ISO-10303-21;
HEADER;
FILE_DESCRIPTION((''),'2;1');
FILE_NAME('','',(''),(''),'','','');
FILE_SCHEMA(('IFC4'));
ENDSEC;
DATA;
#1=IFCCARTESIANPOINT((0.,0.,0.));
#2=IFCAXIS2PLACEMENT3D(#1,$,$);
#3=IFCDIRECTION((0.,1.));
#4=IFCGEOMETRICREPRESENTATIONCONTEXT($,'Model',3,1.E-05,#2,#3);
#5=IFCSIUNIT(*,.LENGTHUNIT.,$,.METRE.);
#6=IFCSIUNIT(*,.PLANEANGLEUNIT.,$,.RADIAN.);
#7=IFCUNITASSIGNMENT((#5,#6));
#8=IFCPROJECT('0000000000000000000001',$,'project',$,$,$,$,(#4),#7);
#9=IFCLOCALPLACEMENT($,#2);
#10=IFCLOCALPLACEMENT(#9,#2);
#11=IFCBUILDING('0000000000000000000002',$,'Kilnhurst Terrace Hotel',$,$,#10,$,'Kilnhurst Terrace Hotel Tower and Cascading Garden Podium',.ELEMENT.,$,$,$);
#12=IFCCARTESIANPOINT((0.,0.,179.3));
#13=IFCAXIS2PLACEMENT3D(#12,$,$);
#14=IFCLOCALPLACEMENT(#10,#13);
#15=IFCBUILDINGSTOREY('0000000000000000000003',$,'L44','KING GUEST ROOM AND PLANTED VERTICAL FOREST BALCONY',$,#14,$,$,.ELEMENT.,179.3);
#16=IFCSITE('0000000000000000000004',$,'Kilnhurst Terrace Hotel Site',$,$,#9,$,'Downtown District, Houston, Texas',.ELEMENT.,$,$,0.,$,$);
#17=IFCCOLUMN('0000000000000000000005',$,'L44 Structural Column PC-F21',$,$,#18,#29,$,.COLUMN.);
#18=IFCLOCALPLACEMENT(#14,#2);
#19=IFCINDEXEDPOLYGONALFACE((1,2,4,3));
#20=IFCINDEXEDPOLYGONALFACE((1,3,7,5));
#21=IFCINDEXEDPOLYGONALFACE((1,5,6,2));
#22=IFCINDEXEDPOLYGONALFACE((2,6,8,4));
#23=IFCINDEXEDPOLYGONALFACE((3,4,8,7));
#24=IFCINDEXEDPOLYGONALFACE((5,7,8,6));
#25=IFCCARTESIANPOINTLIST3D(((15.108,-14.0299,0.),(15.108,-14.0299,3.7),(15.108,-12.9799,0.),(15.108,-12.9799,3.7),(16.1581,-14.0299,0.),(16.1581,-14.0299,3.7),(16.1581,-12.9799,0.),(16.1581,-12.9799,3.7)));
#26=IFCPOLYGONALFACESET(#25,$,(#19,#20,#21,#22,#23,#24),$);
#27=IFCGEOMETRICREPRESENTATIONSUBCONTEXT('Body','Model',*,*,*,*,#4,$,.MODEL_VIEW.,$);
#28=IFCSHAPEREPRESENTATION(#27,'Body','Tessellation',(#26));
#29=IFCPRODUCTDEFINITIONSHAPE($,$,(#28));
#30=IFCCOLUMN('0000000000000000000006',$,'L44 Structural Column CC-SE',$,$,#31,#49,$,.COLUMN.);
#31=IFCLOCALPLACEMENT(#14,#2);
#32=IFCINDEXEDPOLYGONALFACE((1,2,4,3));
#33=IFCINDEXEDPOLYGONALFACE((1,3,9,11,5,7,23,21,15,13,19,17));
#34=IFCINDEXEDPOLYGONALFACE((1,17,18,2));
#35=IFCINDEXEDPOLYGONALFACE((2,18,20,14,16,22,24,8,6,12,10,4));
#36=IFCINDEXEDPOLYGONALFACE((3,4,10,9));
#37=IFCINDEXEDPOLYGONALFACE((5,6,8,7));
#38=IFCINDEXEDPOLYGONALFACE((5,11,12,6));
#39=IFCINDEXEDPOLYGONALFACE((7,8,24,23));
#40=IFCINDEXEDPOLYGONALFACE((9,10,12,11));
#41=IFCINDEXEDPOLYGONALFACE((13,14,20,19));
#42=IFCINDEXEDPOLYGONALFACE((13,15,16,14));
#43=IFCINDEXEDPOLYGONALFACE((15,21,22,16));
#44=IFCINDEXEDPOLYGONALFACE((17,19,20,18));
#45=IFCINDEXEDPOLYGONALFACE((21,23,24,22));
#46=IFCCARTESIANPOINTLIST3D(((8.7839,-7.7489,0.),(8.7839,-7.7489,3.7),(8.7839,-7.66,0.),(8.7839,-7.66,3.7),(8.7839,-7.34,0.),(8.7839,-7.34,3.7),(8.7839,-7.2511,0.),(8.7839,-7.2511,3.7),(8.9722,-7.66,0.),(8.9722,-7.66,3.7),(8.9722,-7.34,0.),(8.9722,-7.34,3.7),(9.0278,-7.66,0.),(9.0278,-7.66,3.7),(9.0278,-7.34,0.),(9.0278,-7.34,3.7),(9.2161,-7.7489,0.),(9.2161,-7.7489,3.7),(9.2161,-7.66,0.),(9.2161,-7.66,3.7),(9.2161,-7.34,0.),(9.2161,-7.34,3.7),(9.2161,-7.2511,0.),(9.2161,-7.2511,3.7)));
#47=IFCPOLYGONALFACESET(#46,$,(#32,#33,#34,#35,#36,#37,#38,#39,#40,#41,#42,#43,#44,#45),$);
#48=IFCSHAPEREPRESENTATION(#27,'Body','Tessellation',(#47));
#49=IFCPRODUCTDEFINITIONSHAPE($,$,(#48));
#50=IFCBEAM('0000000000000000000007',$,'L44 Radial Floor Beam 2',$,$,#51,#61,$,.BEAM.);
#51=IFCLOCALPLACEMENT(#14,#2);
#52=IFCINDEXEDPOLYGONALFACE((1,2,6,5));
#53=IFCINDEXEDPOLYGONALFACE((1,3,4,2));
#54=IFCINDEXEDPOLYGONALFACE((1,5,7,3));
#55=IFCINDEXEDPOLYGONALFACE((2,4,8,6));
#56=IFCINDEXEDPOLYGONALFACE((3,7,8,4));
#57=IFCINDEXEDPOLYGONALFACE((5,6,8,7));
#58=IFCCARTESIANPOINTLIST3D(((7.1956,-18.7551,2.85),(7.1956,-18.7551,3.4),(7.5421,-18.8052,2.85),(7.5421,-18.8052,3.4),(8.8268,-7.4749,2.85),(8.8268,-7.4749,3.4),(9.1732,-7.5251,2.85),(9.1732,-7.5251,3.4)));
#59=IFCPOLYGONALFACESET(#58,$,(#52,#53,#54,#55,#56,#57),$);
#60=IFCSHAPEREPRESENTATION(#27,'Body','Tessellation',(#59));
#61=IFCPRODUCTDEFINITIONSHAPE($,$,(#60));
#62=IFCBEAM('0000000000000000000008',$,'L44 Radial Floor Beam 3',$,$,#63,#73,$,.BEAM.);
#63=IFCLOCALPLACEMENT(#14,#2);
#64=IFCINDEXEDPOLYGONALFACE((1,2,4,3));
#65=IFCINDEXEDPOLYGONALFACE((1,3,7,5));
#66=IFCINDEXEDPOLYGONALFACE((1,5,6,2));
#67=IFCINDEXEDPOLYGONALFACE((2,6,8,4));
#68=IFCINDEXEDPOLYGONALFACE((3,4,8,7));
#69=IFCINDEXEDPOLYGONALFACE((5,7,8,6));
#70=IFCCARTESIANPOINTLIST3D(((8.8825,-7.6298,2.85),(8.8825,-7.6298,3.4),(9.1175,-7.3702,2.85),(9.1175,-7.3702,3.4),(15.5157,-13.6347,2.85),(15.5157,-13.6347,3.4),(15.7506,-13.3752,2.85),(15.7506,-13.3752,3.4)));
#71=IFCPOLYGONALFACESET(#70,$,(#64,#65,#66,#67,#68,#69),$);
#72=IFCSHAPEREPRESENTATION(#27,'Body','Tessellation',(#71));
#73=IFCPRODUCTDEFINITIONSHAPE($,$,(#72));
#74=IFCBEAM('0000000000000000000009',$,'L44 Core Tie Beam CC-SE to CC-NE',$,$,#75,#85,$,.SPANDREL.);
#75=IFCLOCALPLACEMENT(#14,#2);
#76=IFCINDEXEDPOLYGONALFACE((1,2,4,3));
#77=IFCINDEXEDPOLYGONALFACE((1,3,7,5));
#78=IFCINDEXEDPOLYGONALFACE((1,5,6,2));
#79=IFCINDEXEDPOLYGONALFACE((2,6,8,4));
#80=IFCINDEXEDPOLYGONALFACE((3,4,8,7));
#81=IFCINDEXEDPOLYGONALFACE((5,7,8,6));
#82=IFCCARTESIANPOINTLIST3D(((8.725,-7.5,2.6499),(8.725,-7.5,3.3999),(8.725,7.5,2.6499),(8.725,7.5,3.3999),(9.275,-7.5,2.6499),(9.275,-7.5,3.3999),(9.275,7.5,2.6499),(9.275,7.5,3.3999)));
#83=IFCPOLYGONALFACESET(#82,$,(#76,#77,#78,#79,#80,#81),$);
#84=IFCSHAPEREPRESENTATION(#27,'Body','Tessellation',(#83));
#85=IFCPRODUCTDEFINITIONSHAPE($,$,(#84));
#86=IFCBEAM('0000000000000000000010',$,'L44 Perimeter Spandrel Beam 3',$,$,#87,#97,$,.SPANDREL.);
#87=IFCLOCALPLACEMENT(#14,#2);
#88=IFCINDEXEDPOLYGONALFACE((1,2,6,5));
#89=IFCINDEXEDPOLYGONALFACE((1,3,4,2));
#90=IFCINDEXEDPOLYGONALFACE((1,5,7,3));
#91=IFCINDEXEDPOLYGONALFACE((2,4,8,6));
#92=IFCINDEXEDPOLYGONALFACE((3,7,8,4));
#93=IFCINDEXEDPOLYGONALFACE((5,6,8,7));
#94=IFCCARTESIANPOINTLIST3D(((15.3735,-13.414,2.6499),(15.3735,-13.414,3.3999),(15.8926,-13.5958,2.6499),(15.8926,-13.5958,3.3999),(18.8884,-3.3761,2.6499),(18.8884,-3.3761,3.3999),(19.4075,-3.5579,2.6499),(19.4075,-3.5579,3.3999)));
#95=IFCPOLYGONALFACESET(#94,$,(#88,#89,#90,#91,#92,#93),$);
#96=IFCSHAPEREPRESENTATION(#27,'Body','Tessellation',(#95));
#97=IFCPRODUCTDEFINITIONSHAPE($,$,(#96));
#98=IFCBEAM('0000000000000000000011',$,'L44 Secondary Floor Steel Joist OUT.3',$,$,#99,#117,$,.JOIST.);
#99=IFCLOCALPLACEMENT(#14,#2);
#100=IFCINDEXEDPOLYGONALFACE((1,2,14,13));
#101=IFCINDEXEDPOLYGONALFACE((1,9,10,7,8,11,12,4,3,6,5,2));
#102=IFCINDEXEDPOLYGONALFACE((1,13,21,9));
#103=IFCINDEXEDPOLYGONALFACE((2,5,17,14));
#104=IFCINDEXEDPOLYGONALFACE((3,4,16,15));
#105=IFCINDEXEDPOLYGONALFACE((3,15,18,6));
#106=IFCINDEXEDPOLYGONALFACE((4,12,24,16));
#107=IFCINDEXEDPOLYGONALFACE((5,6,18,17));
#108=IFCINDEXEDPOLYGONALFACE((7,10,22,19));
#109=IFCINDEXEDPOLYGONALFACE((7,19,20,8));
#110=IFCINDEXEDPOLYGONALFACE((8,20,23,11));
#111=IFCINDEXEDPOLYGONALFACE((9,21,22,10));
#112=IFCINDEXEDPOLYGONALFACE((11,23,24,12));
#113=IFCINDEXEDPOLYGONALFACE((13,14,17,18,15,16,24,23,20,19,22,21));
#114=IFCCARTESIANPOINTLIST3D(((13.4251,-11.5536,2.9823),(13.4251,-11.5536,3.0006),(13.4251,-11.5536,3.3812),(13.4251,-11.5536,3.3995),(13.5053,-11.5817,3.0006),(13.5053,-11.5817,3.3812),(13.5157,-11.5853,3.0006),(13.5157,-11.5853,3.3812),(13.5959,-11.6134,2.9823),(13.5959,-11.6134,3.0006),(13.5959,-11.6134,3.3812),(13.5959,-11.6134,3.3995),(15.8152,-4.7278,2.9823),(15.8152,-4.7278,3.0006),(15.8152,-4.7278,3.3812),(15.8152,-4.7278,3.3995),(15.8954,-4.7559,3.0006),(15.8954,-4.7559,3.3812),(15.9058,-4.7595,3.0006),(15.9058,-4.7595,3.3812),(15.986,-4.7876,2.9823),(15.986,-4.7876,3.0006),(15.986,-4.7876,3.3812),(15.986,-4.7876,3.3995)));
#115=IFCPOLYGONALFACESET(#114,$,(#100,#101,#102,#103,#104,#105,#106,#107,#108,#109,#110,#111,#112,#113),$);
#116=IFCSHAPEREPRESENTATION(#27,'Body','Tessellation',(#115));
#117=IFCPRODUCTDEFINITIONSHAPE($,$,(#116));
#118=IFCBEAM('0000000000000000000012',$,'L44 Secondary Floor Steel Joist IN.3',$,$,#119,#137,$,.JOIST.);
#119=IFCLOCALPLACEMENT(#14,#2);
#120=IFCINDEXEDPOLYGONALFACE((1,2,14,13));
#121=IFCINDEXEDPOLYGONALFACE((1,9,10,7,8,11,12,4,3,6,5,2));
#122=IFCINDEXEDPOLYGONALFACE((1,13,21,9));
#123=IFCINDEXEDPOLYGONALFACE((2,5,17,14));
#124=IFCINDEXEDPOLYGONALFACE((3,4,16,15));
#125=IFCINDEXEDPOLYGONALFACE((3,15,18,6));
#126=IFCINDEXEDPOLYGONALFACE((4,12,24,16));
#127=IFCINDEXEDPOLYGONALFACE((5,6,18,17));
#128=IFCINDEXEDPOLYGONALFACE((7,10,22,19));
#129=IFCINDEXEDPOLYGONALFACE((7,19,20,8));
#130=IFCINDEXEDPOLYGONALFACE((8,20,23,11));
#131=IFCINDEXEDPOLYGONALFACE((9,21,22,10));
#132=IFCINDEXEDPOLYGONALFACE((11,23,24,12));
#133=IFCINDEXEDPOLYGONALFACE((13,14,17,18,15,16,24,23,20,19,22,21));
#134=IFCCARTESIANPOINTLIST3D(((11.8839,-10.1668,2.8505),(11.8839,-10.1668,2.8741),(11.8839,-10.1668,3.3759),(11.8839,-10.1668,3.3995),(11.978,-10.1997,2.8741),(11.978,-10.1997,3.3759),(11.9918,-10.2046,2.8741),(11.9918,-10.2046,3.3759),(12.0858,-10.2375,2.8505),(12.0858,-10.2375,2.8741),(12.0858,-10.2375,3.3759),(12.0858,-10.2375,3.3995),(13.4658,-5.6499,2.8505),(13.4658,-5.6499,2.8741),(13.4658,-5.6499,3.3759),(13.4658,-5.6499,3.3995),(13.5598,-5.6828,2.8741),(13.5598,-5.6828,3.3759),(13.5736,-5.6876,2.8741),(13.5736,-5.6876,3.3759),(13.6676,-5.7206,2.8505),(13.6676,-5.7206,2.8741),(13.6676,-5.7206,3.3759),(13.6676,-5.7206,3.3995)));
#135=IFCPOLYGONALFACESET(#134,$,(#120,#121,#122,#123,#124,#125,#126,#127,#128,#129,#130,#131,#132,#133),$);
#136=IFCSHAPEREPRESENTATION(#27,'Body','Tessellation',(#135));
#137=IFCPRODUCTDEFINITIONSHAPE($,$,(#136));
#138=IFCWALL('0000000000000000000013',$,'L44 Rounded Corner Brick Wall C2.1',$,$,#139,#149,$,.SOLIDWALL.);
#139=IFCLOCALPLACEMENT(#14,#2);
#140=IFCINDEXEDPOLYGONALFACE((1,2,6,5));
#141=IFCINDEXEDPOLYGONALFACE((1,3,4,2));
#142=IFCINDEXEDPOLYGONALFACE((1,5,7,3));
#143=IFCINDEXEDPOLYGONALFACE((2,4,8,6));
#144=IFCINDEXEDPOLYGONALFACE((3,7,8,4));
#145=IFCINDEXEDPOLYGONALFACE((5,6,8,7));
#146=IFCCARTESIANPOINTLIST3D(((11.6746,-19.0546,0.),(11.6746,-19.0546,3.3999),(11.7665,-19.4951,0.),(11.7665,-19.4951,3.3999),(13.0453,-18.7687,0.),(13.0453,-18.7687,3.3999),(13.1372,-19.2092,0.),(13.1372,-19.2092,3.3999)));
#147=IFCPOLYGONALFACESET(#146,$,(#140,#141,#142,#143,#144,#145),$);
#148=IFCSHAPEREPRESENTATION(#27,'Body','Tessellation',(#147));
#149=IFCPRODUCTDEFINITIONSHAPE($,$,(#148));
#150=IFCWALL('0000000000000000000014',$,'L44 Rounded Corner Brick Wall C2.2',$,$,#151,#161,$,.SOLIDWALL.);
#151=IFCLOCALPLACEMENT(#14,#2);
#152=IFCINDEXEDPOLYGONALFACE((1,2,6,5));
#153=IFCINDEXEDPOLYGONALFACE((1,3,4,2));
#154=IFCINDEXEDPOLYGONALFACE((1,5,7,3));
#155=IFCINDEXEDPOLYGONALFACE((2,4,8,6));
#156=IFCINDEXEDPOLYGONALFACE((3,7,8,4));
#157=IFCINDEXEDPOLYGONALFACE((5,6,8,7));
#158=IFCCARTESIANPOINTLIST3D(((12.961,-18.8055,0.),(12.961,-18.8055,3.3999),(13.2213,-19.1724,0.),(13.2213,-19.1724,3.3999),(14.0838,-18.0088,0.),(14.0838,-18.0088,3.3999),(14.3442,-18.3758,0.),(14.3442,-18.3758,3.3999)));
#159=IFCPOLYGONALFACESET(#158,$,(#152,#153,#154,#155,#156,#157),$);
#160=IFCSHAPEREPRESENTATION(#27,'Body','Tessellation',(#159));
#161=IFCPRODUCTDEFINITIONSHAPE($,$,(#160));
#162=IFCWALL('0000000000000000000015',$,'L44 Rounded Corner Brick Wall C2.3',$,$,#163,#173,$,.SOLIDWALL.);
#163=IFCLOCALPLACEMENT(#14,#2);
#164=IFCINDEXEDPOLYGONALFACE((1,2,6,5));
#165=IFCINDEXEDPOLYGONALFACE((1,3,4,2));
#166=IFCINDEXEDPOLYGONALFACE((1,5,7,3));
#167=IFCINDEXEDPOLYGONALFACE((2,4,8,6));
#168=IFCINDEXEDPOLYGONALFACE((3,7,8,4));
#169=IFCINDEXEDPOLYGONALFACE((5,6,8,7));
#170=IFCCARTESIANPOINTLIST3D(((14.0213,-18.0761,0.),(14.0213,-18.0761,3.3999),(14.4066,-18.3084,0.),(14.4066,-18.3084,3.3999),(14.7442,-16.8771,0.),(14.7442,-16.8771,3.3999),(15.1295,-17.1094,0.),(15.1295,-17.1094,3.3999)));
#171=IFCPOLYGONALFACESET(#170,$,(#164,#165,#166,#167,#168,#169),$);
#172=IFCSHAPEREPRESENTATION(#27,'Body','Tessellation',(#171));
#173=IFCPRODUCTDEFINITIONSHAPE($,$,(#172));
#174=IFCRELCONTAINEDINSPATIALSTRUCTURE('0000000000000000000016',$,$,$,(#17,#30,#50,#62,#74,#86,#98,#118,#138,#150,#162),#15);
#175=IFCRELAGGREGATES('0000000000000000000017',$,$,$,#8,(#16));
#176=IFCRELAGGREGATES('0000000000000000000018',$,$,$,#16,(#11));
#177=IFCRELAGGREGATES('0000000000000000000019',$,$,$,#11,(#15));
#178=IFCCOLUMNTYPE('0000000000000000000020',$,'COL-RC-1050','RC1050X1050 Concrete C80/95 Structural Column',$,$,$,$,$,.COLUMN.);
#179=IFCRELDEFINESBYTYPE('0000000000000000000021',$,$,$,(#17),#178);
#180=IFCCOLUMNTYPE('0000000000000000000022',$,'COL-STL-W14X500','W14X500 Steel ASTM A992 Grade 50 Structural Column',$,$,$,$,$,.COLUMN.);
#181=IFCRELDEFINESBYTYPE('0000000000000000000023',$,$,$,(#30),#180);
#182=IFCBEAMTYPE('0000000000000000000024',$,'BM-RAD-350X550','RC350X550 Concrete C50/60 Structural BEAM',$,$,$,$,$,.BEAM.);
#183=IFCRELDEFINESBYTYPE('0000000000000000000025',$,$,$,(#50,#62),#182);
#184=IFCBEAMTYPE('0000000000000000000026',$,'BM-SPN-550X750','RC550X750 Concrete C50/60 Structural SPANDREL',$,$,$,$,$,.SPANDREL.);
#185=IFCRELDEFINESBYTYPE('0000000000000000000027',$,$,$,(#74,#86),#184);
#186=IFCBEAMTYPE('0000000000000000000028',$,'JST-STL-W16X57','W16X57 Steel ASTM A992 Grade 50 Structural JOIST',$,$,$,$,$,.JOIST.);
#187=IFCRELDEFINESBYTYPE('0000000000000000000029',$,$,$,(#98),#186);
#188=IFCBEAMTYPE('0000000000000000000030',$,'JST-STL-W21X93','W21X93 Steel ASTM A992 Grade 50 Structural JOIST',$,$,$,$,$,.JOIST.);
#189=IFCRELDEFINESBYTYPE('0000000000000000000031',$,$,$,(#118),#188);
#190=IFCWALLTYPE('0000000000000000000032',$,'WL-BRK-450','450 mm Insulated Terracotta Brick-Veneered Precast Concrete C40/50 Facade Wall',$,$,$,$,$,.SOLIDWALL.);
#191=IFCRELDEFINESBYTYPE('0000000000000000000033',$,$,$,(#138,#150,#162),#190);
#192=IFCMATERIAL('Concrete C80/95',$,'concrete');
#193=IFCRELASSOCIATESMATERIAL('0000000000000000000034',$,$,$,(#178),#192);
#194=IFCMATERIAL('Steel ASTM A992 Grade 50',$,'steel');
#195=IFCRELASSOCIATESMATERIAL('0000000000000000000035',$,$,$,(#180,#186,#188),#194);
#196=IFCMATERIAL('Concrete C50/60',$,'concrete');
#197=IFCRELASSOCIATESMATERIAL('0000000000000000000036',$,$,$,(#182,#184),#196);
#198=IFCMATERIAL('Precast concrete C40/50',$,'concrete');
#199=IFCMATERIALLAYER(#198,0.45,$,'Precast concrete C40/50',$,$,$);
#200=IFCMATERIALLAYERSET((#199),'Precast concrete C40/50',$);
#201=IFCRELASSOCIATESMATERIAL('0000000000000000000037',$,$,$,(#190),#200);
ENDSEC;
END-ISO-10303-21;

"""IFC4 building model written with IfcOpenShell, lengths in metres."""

from ifc_helpers import new_model, si_unit, direction, frame, frame_2d, origin, origin_2d, place, context, subcontext, project, spatial, rectangle, i_section, extrude, material, layer, layer_set, material_profile, profile_set, type_object, element, save


model = new_model("IFC4")

# Units and contexts
model_context = context("Model", 3, precision=1e-05, world=origin(), true_north=direction((0.0, 1.0)))
body_context = subcontext(model_context, "Body", "Model", "MODEL_VIEW")
ifc_project = project(units=[si_unit("LENGTHUNIT", "METRE"), si_unit("PLANEANGLEUNIT", "RADIAN")], contexts=[model_context])

# Site, building, storey
site_placement = place(None, origin())
site = spatial("IfcSite", under=ifc_project, at=site_placement, Name="Kilnhurst Terrace Hotel Site", LongName="Downtown District, Houston, Texas", CompositionType="ELEMENT", RefElevation=0.0)
building_placement = place(site_placement, origin())
building = spatial("IfcBuilding", under=site, at=building_placement, Name="Kilnhurst Terrace Hotel", LongName="Kilnhurst Terrace Hotel Tower and Cascading Garden Podium", CompositionType="ELEMENT")
storey_placement = place(building_placement, frame((0.0, 0.0, 179.3)))
storey = spatial("IfcBuildingStorey", under=building, at=storey_placement, Name="L44", Description="KING GUEST ROOM AND PLANTED VERTICAL FOREST BALCONY", CompositionType="ELEMENT", Elevation=179.3)

# Columns
ifc_material_1 = material(Name="Concrete C80/95", Category="concrete")
ifc_material_profile_1 = material_profile(ifc_material_1, rectangle(XDim=1.05, YDim=1.05, at=origin_2d()), Name="RC1050X1050")
ifc_profile_set_1 = profile_set([ifc_material_profile_1], Name="Concrete C80/95")
column_type_1 = type_object("IfcColumnType", Name="COL-RC-1050", Description="RC1050X1050 Concrete C80/95 Structural Column", PredefinedType="COLUMN", material=ifc_profile_set_1)
column_1_placement = place(storey_placement, frame((15.6331, -13.5049, 0.0), z_axis=(0.0, 0.0, 1.0), x_axis=(1.0, 0.0, 0.0)))
element("IfcColumn", 1, at=column_1_placement, inside=storey, type_object=column_type_1, Name="L44 Structural Column PC-F21", PredefinedType="COLUMN", context=body_context, shape_type="SweptSolid", body=[
    extrude(rectangle(XDim=1.05, YDim=1.05, at=origin_2d()), origin(), (0.0, 0.0, 1.0), 3.7),
])
ifc_material_2 = material(Name="Steel ASTM A992 Grade 50", Category="steel")
ifc_material_profile_2 = material_profile(ifc_material_2, i_section(OverallWidth=0.4321, OverallDepth=0.4978, WebThickness=0.0557, FlangeThickness=0.0889, at=origin_2d()), Name="W14X500")
ifc_profile_set_2 = profile_set([ifc_material_profile_2], Name="Steel ASTM A992 Grade 50")
column_type_2 = type_object("IfcColumnType", Name="COL-STL-W14X500", Description="W14X500 Steel ASTM A992 Grade 50 Structural Column", PredefinedType="COLUMN", material=ifc_profile_set_2)
column_2_placement = place(storey_placement, frame((9.0, -7.5, 0.0), z_axis=(0.0, 0.0, 1.0), x_axis=(1.0, 0.0, 0.0)))
element("IfcColumn", 2, at=column_2_placement, inside=storey, type_object=column_type_2, Name="L44 Structural Column CC-SE", PredefinedType="COLUMN", context=body_context, shape_type="SweptSolid", body=[
    extrude(i_section(OverallWidth=0.4321, OverallDepth=0.4978, WebThickness=0.0557, FlangeThickness=0.0889, at=origin_2d()), origin(), (0.0, 0.0, 1.0), 3.7),
])

# Beams
ifc_material_3 = material(Name="Concrete C50/60", Category="concrete")
ifc_material_profile_3 = material_profile(ifc_material_3, rectangle(XDim=0.3501, YDim=0.55, at=origin_2d()), Name="RC350X550")
ifc_profile_set_3 = profile_set([ifc_material_profile_3], Name="Concrete C50/60")
beam_type_1 = type_object("IfcBeamType", Name="BM-RAD-350X550", Description="RC350X550 Concrete C50/60 Structural BEAM", PredefinedType="BEAM", material=ifc_profile_set_3)
beam_1_placement = place(storey_placement, frame((9.0, -7.5, 3.125), z_axis=(-0.143113, -0.989706, 0.0), x_axis=(0.989706, -0.143113, 0.0)))
element("IfcBeam", 3, at=beam_1_placement, inside=storey, type_object=beam_type_1, Name="L44 Radial Floor Beam 2", PredefinedType="BEAM", context=body_context, shape_type="SweptSolid", body=[
    extrude(rectangle(XDim=0.3501, YDim=0.55, at=origin_2d()), origin(), (0.0, 0.0, 1.0), 11.3975),
])
beam_2_placement = place(storey_placement, frame((9.0, -7.5, 3.125), z_axis=(0.741339, -0.671131, 0.0), x_axis=(0.671131, 0.741339, 0.0)))
element("IfcBeam", 4, at=beam_2_placement, inside=storey, type_object=beam_type_1, Name="L44 Radial Floor Beam 3", PredefinedType="BEAM", context=body_context, shape_type="SweptSolid", body=[
    extrude(rectangle(XDim=0.3501, YDim=0.55, at=origin_2d()), origin(), (0.0, 0.0, 1.0), 8.9475),
])
ifc_material_profile_4 = material_profile(ifc_material_3, rectangle(XDim=0.55, YDim=0.75, at=origin_2d()), Name="RC550X750")
ifc_profile_set_4 = profile_set([ifc_material_profile_4], Name="Concrete C50/60")
beam_type_2 = type_object("IfcBeamType", Name="BM-SPN-550X750", Description="RC550X750 Concrete C50/60 Structural SPANDREL", PredefinedType="SPANDREL", material=ifc_profile_set_4)
beam_3_placement = place(storey_placement, frame((9.0, -7.5, 3.0249), z_axis=(0.0, 1.0, 0.0), x_axis=(-1.0, 0.0, 0.0)))
element("IfcBeam", 5, at=beam_3_placement, inside=storey, type_object=beam_type_2, Name="L44 Core Tie Beam CC-SE to CC-NE", PredefinedType="SPANDREL", context=body_context, shape_type="SweptSolid", body=[
    extrude(rectangle(XDim=0.55, YDim=0.75, at=origin_2d()), origin(), (0.0, 0.0, 1.0), 15.0),
])
beam_4_placement = place(storey_placement, frame((15.6331, -13.5049, 3.0249), z_axis=(0.330488, 0.94381, 0.0), x_axis=(-0.94381, 0.330488, 0.0)))
element("IfcBeam", 6, at=beam_4_placement, inside=storey, type_object=beam_type_2, Name="L44 Perimeter Spandrel Beam 3", PredefinedType="SPANDREL", context=body_context, shape_type="SweptSolid", body=[
    extrude(rectangle(XDim=0.55, YDim=0.75, at=origin_2d()), origin(), (0.0, 0.0, 1.0), 10.6355),
])
ifc_material_profile_5 = material_profile(ifc_material_2, i_section(OverallWidth=0.1809, OverallDepth=0.4172, WebThickness=0.011, FlangeThickness=0.0183, at=origin_2d()), Name="W16X57")
ifc_profile_set_5 = profile_set([ifc_material_profile_5], Name="Steel ASTM A992 Grade 50")
beam_type_3 = type_object("IfcBeamType", Name="JST-STL-W16X57", Description="W16X57 Steel ASTM A992 Grade 50 Structural JOIST", PredefinedType="JOIST", material=ifc_profile_set_5)
beam_5_placement = place(storey_placement, frame((13.5105, -11.5835, 3.1909), z_axis=(0.330481, 0.943813, 0.0), x_axis=(-0.943813, 0.330481, 0.0)))
element("IfcBeam", 7, at=beam_5_placement, inside=storey, type_object=beam_type_3, Name="L44 Secondary Floor Steel Joist OUT.3", PredefinedType="JOIST", context=body_context, shape_type="SweptSolid", body=[
    extrude(i_section(OverallWidth=0.1809, OverallDepth=0.4172, WebThickness=0.011, FlangeThickness=0.0183, at=origin_2d()), origin(), (0.0, 0.0, 1.0), 7.2322),
])
ifc_material_profile_6 = material_profile(ifc_material_2, i_section(OverallWidth=0.2139, OverallDepth=0.5491, WebThickness=0.0146, FlangeThickness=0.0237, at=origin_2d()), Name="W21X93")
ifc_profile_set_6 = profile_set([ifc_material_profile_6], Name="Steel ASTM A992 Grade 50")
beam_type_4 = type_object("IfcBeamType", Name="JST-STL-W21X93", Description="W21X93 Steel ASTM A992 Grade 50 Structural JOIST", PredefinedType="JOIST", material=ifc_profile_set_6)
beam_6_placement = place(storey_placement, frame((11.9849, -10.2021, 3.125), z_axis=(0.330516, 0.9438, 0.0), x_axis=(-0.9438, 0.330516, 0.0)))
element("IfcBeam", 8, at=beam_6_placement, inside=storey, type_object=beam_type_4, Name="L44 Secondary Floor Steel Joist IN.3", PredefinedType="JOIST", context=body_context, shape_type="SweptSolid", body=[
    extrude(i_section(OverallWidth=0.2139, OverallDepth=0.5491, WebThickness=0.0146, FlangeThickness=0.0237, at=origin_2d()), origin(), (0.0, 0.0, 1.0), 4.7859),
])

# Walls
ifc_material_4 = material(Name="Precast concrete C40/50", Category="concrete")
ifc_layer_1 = layer(ifc_material_4, 0.45, Name="Precast concrete C40/50")
ifc_layer_set_1 = layer_set([ifc_layer_1], Name="Precast concrete C40/50")
wall_type_1 = type_object("IfcWallType", Name="WL-BRK-450", Description="450 mm Insulated Terracotta Brick-Veneered Precast Concrete C40/50 Facade Wall", PredefinedType="SOLIDWALL", material=ifc_layer_set_1)
wall_1_placement = place(storey_placement, frame((11.7205, -19.2749, 0.0), z_axis=(0.0, 0.0, 1.0), x_axis=(0.978931, 0.204191, 0.0)))
element("IfcWall", 9, at=wall_1_placement, inside=storey, type_object=wall_type_1, Name="L44 Rounded Corner Brick Wall C2.1", PredefinedType="SOLIDWALL", context=body_context, shape_type="SweptSolid", body=[
    extrude(rectangle(XDim=1.4001, YDim=0.45, at=frame_2d((0.7002, 0.0))), origin(), (0.0, 0.0, 1.0), 3.3999),
])
wall_2_placement = place(storey_placement, frame((13.0911, -18.989, 0.0), z_axis=(0.0, 0.0, 1.0), x_axis=(0.815575, 0.578652, 0.0)))
element("IfcWall", 10, at=wall_2_placement, inside=storey, type_object=wall_type_1, Name="L44 Rounded Corner Brick Wall C2.2", PredefinedType="SOLIDWALL", context=body_context, shape_type="SweptSolid", body=[
    extrude(rectangle(XDim=1.3767, YDim=0.45, at=frame_2d((0.6885, 0.0))), origin(), (0.0, 0.0, 1.0), 3.3999),
])
wall_3_placement = place(storey_placement, frame((14.2139, -18.1924, 0.0), z_axis=(0.0, 0.0, 1.0), x_axis=(0.516341, 0.856383, 0.0)))
element("IfcWall", 11, at=wall_3_placement, inside=storey, type_object=wall_type_1, Name="L44 Rounded Corner Brick Wall C2.3", PredefinedType="SOLIDWALL", context=body_context, shape_type="SweptSolid", body=[
    extrude(rectangle(XDim=1.4001, YDim=0.45, at=frame_2d((0.7002, 0.0))), origin(), (0.0, 0.0, 1.0), 3.3999),
])

save(model, "model.ifc")
